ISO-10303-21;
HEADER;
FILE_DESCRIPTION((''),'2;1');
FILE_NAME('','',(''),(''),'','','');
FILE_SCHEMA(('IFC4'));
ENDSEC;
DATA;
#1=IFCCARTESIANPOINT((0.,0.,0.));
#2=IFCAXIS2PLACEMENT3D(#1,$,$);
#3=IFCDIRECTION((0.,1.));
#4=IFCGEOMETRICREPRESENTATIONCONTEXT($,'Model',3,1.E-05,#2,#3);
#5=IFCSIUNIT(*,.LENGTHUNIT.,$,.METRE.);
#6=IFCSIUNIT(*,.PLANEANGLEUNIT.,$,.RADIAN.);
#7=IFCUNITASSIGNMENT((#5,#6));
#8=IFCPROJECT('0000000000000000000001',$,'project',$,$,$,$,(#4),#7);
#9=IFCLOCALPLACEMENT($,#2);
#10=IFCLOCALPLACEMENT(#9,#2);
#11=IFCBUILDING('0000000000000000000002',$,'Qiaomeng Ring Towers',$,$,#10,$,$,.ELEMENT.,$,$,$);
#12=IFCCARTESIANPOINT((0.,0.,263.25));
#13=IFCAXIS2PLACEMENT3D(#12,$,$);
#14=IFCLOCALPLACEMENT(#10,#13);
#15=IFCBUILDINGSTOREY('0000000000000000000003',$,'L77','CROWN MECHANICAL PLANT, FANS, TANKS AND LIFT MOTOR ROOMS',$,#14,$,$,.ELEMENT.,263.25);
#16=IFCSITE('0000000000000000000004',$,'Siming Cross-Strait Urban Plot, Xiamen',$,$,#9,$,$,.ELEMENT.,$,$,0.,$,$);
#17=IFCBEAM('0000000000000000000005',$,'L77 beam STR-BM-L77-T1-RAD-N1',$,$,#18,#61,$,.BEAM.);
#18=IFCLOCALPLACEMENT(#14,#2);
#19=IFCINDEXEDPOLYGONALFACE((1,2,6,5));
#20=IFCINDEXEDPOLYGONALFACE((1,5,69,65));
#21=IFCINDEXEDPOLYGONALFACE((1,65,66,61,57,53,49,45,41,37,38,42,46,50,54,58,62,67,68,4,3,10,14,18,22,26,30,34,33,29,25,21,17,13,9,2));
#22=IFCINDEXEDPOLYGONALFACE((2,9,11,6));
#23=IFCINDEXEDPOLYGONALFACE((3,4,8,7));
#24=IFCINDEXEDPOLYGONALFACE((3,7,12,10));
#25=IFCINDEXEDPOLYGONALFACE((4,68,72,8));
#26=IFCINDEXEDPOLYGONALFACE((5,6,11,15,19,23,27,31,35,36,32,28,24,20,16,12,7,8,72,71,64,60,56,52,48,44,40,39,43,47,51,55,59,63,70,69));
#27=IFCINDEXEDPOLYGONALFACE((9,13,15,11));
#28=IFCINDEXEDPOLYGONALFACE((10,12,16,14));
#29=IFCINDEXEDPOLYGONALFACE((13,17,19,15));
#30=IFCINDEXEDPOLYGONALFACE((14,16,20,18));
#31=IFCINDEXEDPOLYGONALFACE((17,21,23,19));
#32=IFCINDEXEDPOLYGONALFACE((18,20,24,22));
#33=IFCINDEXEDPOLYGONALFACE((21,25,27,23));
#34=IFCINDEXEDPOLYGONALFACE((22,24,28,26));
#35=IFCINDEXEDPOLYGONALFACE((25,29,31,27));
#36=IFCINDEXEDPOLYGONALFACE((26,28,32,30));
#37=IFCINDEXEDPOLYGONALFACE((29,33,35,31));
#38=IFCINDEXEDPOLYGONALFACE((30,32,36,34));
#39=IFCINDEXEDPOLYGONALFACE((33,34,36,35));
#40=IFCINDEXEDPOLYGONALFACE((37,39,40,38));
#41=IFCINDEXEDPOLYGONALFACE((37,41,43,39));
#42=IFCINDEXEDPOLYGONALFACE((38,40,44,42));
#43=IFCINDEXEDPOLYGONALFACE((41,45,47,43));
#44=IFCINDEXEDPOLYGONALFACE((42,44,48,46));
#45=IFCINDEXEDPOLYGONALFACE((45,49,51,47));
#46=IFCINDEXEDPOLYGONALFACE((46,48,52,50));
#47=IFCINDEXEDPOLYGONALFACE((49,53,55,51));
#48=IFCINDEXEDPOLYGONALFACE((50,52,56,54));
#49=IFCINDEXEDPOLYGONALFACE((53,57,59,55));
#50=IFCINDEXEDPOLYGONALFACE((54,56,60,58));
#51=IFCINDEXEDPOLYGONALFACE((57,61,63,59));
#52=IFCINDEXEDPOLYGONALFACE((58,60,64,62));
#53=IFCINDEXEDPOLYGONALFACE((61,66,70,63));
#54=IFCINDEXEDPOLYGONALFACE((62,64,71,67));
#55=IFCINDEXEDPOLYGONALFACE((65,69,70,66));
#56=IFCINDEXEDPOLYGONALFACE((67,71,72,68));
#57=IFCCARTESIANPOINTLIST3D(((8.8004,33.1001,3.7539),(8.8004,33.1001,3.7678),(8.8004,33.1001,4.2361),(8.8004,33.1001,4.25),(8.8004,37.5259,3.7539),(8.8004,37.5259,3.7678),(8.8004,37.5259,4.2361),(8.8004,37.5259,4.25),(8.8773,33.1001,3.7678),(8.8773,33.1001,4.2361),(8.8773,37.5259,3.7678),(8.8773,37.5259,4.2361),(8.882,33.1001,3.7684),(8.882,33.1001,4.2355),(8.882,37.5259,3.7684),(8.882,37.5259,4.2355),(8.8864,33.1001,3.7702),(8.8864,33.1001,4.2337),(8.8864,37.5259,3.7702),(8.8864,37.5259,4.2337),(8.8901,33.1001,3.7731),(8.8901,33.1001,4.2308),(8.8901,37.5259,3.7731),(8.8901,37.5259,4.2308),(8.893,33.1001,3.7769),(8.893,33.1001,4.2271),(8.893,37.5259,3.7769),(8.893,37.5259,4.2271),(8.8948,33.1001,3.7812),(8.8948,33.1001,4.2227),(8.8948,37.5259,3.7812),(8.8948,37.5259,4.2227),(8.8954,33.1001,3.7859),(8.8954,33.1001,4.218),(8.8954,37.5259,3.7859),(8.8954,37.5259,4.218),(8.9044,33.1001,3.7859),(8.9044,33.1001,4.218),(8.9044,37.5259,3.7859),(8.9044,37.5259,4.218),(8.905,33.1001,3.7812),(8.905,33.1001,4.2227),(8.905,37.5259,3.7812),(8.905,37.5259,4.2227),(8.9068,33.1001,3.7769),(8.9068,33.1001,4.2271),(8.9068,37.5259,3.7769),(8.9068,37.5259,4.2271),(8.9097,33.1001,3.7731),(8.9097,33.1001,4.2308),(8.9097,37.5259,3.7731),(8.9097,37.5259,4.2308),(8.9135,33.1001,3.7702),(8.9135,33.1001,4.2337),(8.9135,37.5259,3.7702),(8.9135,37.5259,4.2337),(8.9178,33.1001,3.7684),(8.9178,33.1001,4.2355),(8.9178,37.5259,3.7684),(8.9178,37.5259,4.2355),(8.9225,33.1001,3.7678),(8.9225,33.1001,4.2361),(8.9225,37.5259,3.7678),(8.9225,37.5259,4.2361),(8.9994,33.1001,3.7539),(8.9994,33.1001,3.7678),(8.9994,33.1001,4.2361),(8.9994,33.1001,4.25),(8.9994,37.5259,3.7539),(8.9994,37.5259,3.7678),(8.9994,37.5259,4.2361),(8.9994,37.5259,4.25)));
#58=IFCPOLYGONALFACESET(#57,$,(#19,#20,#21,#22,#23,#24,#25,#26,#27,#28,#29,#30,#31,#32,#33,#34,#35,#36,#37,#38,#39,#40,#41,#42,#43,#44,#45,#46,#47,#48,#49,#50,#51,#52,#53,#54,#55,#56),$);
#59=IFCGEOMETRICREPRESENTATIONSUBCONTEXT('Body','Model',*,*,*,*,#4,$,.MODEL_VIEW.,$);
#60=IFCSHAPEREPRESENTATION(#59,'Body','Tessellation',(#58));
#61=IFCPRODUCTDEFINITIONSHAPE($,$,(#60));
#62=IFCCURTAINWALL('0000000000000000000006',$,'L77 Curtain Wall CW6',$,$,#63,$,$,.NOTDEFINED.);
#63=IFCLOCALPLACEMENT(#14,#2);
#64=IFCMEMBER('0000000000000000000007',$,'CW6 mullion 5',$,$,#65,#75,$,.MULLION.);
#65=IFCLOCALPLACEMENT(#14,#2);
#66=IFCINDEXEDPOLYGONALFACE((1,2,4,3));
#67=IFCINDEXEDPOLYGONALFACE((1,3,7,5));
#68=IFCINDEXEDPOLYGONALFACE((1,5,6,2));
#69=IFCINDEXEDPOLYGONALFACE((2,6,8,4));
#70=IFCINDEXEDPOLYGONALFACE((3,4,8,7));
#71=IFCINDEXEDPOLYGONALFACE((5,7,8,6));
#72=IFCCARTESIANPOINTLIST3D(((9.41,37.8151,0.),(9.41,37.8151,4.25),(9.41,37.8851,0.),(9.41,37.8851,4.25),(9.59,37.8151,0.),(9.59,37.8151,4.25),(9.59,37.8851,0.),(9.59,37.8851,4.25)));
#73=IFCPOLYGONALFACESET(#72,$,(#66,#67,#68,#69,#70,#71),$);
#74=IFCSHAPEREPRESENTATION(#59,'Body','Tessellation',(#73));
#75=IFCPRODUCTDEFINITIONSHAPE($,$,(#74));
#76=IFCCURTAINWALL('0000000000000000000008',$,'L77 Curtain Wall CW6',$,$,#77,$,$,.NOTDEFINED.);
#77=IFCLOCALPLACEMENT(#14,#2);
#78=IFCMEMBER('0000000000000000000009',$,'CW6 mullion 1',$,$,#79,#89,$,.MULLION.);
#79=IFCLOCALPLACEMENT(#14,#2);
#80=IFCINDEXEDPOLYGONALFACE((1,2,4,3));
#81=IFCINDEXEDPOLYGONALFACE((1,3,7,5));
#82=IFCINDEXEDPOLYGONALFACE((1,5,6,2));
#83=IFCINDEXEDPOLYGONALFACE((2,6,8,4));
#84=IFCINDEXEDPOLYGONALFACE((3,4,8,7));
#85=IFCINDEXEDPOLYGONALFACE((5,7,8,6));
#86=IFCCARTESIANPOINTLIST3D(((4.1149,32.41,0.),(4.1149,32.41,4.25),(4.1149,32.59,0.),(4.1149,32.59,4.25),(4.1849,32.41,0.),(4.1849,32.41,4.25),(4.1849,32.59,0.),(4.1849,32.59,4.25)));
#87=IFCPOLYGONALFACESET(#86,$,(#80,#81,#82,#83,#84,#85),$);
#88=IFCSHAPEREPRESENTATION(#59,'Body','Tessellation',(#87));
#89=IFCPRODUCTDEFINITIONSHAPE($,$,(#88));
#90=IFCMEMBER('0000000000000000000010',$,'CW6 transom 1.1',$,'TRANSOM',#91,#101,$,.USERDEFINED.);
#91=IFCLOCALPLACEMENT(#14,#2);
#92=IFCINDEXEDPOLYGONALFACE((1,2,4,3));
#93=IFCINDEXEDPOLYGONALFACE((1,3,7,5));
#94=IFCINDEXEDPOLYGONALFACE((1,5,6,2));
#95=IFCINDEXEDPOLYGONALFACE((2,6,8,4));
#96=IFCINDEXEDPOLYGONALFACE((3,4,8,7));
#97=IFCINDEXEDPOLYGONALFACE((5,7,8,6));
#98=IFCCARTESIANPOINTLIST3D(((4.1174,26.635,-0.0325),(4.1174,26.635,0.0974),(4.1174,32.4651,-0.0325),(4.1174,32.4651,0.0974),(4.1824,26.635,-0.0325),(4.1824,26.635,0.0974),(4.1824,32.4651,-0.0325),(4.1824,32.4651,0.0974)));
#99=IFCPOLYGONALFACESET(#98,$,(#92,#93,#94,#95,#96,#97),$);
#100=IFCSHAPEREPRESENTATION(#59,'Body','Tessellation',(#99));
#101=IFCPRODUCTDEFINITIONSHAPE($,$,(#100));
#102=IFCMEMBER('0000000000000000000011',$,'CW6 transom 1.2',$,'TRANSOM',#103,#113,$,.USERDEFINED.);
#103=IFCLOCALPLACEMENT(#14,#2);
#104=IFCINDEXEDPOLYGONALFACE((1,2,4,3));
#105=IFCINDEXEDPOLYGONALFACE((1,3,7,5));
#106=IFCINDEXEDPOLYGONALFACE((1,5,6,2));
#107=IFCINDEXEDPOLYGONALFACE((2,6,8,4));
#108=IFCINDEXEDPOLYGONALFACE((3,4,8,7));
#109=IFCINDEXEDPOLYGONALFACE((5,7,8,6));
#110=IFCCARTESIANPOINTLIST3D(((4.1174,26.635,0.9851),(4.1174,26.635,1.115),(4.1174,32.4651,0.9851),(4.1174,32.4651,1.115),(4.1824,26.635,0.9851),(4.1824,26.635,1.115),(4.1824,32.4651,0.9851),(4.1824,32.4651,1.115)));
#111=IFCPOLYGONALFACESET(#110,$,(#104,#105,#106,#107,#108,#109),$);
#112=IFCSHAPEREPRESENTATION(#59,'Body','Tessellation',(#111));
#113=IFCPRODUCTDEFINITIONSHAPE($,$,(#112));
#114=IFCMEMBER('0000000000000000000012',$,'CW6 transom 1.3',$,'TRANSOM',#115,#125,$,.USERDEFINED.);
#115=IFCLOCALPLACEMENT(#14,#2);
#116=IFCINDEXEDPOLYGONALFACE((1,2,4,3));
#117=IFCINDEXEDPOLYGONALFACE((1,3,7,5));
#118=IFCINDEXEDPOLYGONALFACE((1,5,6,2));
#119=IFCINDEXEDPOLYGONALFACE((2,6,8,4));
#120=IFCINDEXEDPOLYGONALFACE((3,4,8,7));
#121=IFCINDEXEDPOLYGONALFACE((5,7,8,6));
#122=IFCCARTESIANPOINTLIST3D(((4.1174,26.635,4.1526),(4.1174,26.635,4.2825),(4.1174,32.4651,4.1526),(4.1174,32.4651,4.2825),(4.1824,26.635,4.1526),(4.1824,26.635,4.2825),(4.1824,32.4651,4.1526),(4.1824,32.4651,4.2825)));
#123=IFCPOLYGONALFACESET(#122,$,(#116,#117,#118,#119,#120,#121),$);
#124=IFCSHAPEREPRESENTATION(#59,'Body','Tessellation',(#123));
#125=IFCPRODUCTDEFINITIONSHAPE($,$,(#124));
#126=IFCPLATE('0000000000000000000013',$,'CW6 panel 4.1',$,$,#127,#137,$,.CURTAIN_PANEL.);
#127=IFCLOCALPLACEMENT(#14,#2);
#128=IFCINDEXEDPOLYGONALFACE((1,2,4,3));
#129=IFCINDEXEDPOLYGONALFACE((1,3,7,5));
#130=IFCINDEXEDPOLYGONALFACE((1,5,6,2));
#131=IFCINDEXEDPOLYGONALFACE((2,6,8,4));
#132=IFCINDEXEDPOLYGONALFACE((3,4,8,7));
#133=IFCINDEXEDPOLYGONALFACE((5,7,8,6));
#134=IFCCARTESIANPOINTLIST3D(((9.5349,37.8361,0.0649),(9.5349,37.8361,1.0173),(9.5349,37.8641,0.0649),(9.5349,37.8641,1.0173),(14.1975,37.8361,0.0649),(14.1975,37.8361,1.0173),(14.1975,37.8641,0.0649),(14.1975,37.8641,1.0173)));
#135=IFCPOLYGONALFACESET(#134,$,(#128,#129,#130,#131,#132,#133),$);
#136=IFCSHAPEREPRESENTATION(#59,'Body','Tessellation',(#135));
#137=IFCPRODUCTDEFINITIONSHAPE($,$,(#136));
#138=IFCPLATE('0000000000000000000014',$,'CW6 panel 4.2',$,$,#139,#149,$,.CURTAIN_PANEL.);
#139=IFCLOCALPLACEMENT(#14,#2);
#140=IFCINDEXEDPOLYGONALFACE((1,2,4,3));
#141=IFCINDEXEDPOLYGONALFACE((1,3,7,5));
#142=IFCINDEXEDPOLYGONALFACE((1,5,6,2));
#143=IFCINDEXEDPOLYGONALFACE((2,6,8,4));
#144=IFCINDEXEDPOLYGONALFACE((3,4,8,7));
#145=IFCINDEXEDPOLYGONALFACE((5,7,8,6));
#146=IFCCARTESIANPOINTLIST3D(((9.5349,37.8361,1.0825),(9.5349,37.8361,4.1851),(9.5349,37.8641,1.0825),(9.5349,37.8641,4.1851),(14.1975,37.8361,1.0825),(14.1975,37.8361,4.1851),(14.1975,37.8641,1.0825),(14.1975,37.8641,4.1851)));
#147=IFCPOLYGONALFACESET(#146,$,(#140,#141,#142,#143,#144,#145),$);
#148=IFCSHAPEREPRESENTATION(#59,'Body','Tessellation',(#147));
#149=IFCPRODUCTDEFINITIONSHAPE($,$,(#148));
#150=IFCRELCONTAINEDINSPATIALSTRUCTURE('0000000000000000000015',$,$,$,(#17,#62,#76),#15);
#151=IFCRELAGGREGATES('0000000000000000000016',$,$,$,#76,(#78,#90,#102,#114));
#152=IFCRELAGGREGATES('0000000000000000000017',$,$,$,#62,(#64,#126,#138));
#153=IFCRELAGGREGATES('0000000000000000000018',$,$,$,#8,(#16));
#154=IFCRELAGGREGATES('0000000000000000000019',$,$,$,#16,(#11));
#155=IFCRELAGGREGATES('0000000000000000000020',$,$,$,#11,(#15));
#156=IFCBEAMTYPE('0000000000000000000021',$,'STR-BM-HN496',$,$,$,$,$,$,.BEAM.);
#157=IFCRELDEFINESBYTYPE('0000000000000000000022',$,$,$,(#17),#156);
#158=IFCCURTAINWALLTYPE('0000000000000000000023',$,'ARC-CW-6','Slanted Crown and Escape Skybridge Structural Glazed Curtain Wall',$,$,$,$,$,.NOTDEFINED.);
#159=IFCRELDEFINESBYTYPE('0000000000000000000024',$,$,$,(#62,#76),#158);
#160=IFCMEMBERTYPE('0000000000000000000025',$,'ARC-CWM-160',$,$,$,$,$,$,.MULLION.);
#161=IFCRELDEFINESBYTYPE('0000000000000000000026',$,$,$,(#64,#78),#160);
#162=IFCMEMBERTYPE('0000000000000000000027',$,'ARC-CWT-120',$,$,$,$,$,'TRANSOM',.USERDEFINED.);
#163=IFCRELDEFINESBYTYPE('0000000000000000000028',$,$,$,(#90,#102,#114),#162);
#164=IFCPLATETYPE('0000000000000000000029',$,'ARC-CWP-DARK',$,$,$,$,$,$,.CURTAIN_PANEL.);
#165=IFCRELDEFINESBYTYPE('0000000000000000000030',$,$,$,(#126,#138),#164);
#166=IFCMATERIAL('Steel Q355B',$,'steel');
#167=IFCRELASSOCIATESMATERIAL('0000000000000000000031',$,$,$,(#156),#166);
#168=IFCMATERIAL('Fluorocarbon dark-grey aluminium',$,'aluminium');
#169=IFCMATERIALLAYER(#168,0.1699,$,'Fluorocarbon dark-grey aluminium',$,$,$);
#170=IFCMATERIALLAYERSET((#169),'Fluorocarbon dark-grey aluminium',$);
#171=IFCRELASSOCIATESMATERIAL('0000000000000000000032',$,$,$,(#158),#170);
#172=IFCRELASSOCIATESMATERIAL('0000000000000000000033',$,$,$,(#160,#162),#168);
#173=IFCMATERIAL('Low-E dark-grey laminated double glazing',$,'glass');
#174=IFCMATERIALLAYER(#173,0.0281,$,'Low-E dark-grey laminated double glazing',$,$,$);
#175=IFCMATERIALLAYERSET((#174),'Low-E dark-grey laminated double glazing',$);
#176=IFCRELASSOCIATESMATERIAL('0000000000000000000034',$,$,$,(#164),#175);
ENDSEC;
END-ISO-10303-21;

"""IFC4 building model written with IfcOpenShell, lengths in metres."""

from ifc_helpers import new_model, si_unit, direction, frame, origin, origin_2d, place, context, subcontext, project, spatial, rectangle, i_section, extrude, source, transform, mapped, material, layer, layer_set, material_profile, profile_set, type_object, element, aggregate, save


model = new_model("IFC4")

# Units and contexts
model_context = context("Model", 3, precision=1e-05, world=origin(), true_north=direction((0.0, 1.0)))
body_context = subcontext(model_context, "Body", "Model", "MODEL_VIEW")
ifc_project = project(units=[si_unit("LENGTHUNIT", "METRE"), si_unit("PLANEANGLEUNIT", "RADIAN")], contexts=[model_context])

# Site, building, storey
site_placement = place(None, origin())
site = spatial("IfcSite", under=ifc_project, at=site_placement, Name="Siming Cross-Strait Urban Plot, Xiamen", CompositionType="ELEMENT", RefElevation=0.0)
building_placement = place(site_placement, origin())
building = spatial("IfcBuilding", under=site, at=building_placement, Name="Qiaomeng Ring Towers", CompositionType="ELEMENT")
storey_placement = place(building_placement, frame((0.0, 0.0, 263.25)))
storey = spatial("IfcBuildingStorey", under=building, at=storey_placement, Name="L77", Description="CROWN MECHANICAL PLANT, FANS, TANKS AND LIFT MOTOR ROOMS", CompositionType="ELEMENT", Elevation=263.25)

# Beam
ifc_material_1 = material(Name="Steel Q355B", Category="steel")
ifc_material_profile_1 = material_profile(ifc_material_1, i_section(OverallWidth=0.199, OverallDepth=0.4961, WebThickness=0.009, FlangeThickness=0.0139, FilletRadius=0.0181, at=origin_2d()), Name="HN 496x199x9x14")
ifc_profile_set_1 = profile_set([ifc_material_profile_1], Name="Steel Q355B")
beam_type_1 = type_object("IfcBeamType", Name="STR-BM-HN496", PredefinedType="BEAM", material=ifc_profile_set_1)
shared_shape_1 = source(origin(), body_context, "Body", "SweptSolid", [
    extrude(i_section(OverallWidth=0.199, OverallDepth=0.4961, WebThickness=0.009, FlangeThickness=0.0139, FilletRadius=0.0181, at=origin_2d()), origin(), (0.0, 0.0, 1.0), 4.4258),
])
beam_1_placement = place(storey_placement, frame((8.8999, 37.5259, 4.002), z_axis=(0.0, -1.0, 0.0), x_axis=(1.0, 0.0, 0.0)))
element("IfcBeam", 1, at=beam_1_placement, inside=storey, type_object=beam_type_1, Name="L77 beam STR-BM-L77-T1-RAD-N1", PredefinedType="BEAM", context=body_context, shape_type="MappedRepresentation", body=[
    mapped(shared_shape_1, transform((0.0, 0.0, 0.0), x_axis=(1.0, 0.0, 0.0), y_axis=(0.0, 1.0, 0.0), z_axis=(0.0, 0.0, 1.0), scale=1.0)),
])

# Curtain wall, member
ifc_material_2 = material(Name="Fluorocarbon dark-grey aluminium", Category="aluminium")
ifc_layer_1 = layer(ifc_material_2, 0.1699, Name="Fluorocarbon dark-grey aluminium")
ifc_layer_set_1 = layer_set([ifc_layer_1], Name="Fluorocarbon dark-grey aluminium")
curtain_wall_type = type_object("IfcCurtainWallType", Name="ARC-CW-6", Description="Slanted Crown and Escape Skybridge Structural Glazed Curtain Wall", PredefinedType="NOTDEFINED", material=ifc_layer_set_1)
curtain_wall_1_placement = place(storey_placement, origin())
curtain_wall_1 = element("IfcCurtainWall", 2, at=curtain_wall_1_placement, inside=storey, type_object=curtain_wall_type, Name="L77 Curtain Wall CW6", PredefinedType="NOTDEFINED")
ifc_material_profile_2 = material_profile(ifc_material_2, rectangle(XDim=0.0701, YDim=0.1799, at=origin_2d()), Name="ALU MULL 70x180")
ifc_profile_set_2 = profile_set([ifc_material_profile_2], Name="Fluorocarbon dark-grey aluminium")
member_type_1 = type_object("IfcMemberType", Name="ARC-CWM-160", PredefinedType="MULLION", material=ifc_profile_set_2)
shared_shape_2 = source(origin(), body_context, "Body", "SweptSolid", [
    extrude(rectangle(XDim=0.0701, YDim=0.1799, at=origin_2d()), origin(), (0.0, 0.0, 1.0), 4.25),
])
member_1_placement = place(storey_placement, frame((9.5, 37.8501, 0.0), z_axis=(0.0, 0.0, 1.0), x_axis=(0.0, -1.0, 0.0)))
member_1 = element("IfcMember", 3, at=member_1_placement, type_object=member_type_1, Name="CW6 mullion 5", PredefinedType="MULLION", context=body_context, shape_type="MappedRepresentation", body=[
    mapped(shared_shape_2, transform((0.0, 0.0, 0.0), x_axis=(1.0, 0.0, 0.0), y_axis=(0.0, 1.0, 0.0), z_axis=(0.0, 0.0, 1.0), scale=1.0)),
])

# Curtain wall, members
curtain_wall_2_placement = place(storey_placement, origin())
curtain_wall_2 = element("IfcCurtainWall", 4, at=curtain_wall_2_placement, inside=storey, type_object=curtain_wall_type, Name="L77 Curtain Wall CW6", PredefinedType="NOTDEFINED")
member_2_placement = place(storey_placement, frame((4.1499, 32.5, 0.0), z_axis=(0.0, 0.0, 1.0), x_axis=(1.0, 0.0, 0.0)))
member_2 = element("IfcMember", 5, at=member_2_placement, type_object=member_type_1, Name="CW6 mullion 1", PredefinedType="MULLION", context=body_context, shape_type="MappedRepresentation", body=[
    mapped(shared_shape_2, transform((0.0, 0.0, 0.0), x_axis=(1.0, 0.0, 0.0), y_axis=(0.0, 1.0, 0.0), z_axis=(0.0, 0.0, 1.0), scale=1.0)),
])
ifc_material_profile_3 = material_profile(ifc_material_2, rectangle(XDim=0.0649, YDim=0.1299, at=origin_2d()), Name="ALU TRAN 65x130")
ifc_profile_set_3 = profile_set([ifc_material_profile_3], Name="Fluorocarbon dark-grey aluminium")
member_type_2 = type_object("IfcMemberType", Name="ARC-CWT-120", ElementType="TRANSOM", PredefinedType="USERDEFINED", material=ifc_profile_set_3)
shared_shape_3 = source(origin(), body_context, "Body", "SweptSolid", [
    extrude(rectangle(XDim=0.0649, YDim=0.1299, at=origin_2d()), origin(), (0.0, 0.0, 1.0), 5.8301),
])
member_3_placement = place(storey_placement, frame((4.1499, 32.4651, 0.0325), z_axis=(0.0, -1.0, 0.0), x_axis=(1.0, 0.0, 0.0)))
member_3 = element("IfcMember", 6, at=member_3_placement, type_object=member_type_2, Name="CW6 transom 1.1", ObjectType="TRANSOM", PredefinedType="USERDEFINED", context=body_context, shape_type="MappedRepresentation", body=[
    mapped(shared_shape_3, transform((0.0, 0.0, 0.0), x_axis=(1.0, 0.0, 0.0), y_axis=(0.0, 1.0, 0.0), z_axis=(0.0, 0.0, 1.0), scale=1.0)),
])
member_4_placement = place(storey_placement, frame((4.1499, 32.4651, 1.05), z_axis=(0.0, -1.0, 0.0), x_axis=(1.0, 0.0, 0.0)))
member_4 = element("IfcMember", 7, at=member_4_placement, type_object=member_type_2, Name="CW6 transom 1.2", ObjectType="TRANSOM", PredefinedType="USERDEFINED", context=body_context, shape_type="MappedRepresentation", body=[
    mapped(shared_shape_3, transform((0.0, 0.0, 0.0), x_axis=(1.0, 0.0, 0.0), y_axis=(0.0, 1.0, 0.0), z_axis=(0.0, 0.0, 1.0), scale=1.0)),
])
member_5_placement = place(storey_placement, frame((4.1499, 32.4651, 4.2175), z_axis=(0.0, -1.0, 0.0), x_axis=(1.0, 0.0, 0.0)))
member_5 = element("IfcMember", 8, at=member_5_placement, type_object=member_type_2, Name="CW6 transom 1.3", ObjectType="TRANSOM", PredefinedType="USERDEFINED", context=body_context, shape_type="MappedRepresentation", body=[
    mapped(shared_shape_3, transform((0.0, 0.0, 0.0), x_axis=(1.0, 0.0, 0.0), y_axis=(0.0, 1.0, 0.0), z_axis=(0.0, 0.0, 1.0), scale=1.0)),
])
aggregate(curtain_wall_2, [member_2, member_3, member_4, member_5])

# Plates
ifc_material_3 = material(Name="Low-E dark-grey laminated double glazing", Category="glass")
ifc_layer_2 = layer(ifc_material_3, 0.0281, Name="Low-E dark-grey laminated double glazing")
ifc_layer_set_2 = layer_set([ifc_layer_2], Name="Low-E dark-grey laminated double glazing")
plate_type = type_object("IfcPlateType", Name="ARC-CWP-DARK", PredefinedType="CURTAIN_PANEL", material=ifc_layer_set_2)
shared_shape_4 = source(origin(), body_context, "Body", "SweptSolid", [
    extrude(rectangle(XDim=4.6626, YDim=0.0281, at=origin_2d()), origin(), (0.0, 0.0, 1.0), 0.9524),
])
plate_1_placement = place(storey_placement, frame((11.8662, 37.8501, 0.0649), z_axis=(0.0, 0.0, 1.0), x_axis=(-1.0, 0.0, 0.0)))
plate_1 = element("IfcPlate", 9, at=plate_1_placement, type_object=plate_type, Name="CW6 panel 4.1", PredefinedType="CURTAIN_PANEL", context=body_context, shape_type="MappedRepresentation", body=[
    mapped(shared_shape_4, transform((0.0, 0.0, 0.0), x_axis=(1.0, 0.0, 0.0), y_axis=(0.0, 1.0, 0.0), z_axis=(0.0, 0.0, 1.0), scale=1.0)),
])
shared_shape_5 = source(origin(), body_context, "Body", "SweptSolid", [
    extrude(rectangle(XDim=4.6626, YDim=0.0281, at=origin_2d()), origin(), (0.0, 0.0, 1.0), 3.1025),
])
plate_2_placement = place(storey_placement, frame((11.8662, 37.8501, 1.0825), z_axis=(0.0, 0.0, 1.0), x_axis=(-1.0, 0.0, 0.0)))
plate_2 = element("IfcPlate", 10, at=plate_2_placement, type_object=plate_type, Name="CW6 panel 4.2", PredefinedType="CURTAIN_PANEL", context=body_context, shape_type="MappedRepresentation", body=[
    mapped(shared_shape_5, transform((0.0, 0.0, 0.0), x_axis=(1.0, 0.0, 0.0), y_axis=(0.0, 1.0, 0.0), z_axis=(0.0, 0.0, 1.0), scale=1.0)),
])
aggregate(curtain_wall_1, [member_1, plate_1, plate_2])

save(model, "model.ifc")
